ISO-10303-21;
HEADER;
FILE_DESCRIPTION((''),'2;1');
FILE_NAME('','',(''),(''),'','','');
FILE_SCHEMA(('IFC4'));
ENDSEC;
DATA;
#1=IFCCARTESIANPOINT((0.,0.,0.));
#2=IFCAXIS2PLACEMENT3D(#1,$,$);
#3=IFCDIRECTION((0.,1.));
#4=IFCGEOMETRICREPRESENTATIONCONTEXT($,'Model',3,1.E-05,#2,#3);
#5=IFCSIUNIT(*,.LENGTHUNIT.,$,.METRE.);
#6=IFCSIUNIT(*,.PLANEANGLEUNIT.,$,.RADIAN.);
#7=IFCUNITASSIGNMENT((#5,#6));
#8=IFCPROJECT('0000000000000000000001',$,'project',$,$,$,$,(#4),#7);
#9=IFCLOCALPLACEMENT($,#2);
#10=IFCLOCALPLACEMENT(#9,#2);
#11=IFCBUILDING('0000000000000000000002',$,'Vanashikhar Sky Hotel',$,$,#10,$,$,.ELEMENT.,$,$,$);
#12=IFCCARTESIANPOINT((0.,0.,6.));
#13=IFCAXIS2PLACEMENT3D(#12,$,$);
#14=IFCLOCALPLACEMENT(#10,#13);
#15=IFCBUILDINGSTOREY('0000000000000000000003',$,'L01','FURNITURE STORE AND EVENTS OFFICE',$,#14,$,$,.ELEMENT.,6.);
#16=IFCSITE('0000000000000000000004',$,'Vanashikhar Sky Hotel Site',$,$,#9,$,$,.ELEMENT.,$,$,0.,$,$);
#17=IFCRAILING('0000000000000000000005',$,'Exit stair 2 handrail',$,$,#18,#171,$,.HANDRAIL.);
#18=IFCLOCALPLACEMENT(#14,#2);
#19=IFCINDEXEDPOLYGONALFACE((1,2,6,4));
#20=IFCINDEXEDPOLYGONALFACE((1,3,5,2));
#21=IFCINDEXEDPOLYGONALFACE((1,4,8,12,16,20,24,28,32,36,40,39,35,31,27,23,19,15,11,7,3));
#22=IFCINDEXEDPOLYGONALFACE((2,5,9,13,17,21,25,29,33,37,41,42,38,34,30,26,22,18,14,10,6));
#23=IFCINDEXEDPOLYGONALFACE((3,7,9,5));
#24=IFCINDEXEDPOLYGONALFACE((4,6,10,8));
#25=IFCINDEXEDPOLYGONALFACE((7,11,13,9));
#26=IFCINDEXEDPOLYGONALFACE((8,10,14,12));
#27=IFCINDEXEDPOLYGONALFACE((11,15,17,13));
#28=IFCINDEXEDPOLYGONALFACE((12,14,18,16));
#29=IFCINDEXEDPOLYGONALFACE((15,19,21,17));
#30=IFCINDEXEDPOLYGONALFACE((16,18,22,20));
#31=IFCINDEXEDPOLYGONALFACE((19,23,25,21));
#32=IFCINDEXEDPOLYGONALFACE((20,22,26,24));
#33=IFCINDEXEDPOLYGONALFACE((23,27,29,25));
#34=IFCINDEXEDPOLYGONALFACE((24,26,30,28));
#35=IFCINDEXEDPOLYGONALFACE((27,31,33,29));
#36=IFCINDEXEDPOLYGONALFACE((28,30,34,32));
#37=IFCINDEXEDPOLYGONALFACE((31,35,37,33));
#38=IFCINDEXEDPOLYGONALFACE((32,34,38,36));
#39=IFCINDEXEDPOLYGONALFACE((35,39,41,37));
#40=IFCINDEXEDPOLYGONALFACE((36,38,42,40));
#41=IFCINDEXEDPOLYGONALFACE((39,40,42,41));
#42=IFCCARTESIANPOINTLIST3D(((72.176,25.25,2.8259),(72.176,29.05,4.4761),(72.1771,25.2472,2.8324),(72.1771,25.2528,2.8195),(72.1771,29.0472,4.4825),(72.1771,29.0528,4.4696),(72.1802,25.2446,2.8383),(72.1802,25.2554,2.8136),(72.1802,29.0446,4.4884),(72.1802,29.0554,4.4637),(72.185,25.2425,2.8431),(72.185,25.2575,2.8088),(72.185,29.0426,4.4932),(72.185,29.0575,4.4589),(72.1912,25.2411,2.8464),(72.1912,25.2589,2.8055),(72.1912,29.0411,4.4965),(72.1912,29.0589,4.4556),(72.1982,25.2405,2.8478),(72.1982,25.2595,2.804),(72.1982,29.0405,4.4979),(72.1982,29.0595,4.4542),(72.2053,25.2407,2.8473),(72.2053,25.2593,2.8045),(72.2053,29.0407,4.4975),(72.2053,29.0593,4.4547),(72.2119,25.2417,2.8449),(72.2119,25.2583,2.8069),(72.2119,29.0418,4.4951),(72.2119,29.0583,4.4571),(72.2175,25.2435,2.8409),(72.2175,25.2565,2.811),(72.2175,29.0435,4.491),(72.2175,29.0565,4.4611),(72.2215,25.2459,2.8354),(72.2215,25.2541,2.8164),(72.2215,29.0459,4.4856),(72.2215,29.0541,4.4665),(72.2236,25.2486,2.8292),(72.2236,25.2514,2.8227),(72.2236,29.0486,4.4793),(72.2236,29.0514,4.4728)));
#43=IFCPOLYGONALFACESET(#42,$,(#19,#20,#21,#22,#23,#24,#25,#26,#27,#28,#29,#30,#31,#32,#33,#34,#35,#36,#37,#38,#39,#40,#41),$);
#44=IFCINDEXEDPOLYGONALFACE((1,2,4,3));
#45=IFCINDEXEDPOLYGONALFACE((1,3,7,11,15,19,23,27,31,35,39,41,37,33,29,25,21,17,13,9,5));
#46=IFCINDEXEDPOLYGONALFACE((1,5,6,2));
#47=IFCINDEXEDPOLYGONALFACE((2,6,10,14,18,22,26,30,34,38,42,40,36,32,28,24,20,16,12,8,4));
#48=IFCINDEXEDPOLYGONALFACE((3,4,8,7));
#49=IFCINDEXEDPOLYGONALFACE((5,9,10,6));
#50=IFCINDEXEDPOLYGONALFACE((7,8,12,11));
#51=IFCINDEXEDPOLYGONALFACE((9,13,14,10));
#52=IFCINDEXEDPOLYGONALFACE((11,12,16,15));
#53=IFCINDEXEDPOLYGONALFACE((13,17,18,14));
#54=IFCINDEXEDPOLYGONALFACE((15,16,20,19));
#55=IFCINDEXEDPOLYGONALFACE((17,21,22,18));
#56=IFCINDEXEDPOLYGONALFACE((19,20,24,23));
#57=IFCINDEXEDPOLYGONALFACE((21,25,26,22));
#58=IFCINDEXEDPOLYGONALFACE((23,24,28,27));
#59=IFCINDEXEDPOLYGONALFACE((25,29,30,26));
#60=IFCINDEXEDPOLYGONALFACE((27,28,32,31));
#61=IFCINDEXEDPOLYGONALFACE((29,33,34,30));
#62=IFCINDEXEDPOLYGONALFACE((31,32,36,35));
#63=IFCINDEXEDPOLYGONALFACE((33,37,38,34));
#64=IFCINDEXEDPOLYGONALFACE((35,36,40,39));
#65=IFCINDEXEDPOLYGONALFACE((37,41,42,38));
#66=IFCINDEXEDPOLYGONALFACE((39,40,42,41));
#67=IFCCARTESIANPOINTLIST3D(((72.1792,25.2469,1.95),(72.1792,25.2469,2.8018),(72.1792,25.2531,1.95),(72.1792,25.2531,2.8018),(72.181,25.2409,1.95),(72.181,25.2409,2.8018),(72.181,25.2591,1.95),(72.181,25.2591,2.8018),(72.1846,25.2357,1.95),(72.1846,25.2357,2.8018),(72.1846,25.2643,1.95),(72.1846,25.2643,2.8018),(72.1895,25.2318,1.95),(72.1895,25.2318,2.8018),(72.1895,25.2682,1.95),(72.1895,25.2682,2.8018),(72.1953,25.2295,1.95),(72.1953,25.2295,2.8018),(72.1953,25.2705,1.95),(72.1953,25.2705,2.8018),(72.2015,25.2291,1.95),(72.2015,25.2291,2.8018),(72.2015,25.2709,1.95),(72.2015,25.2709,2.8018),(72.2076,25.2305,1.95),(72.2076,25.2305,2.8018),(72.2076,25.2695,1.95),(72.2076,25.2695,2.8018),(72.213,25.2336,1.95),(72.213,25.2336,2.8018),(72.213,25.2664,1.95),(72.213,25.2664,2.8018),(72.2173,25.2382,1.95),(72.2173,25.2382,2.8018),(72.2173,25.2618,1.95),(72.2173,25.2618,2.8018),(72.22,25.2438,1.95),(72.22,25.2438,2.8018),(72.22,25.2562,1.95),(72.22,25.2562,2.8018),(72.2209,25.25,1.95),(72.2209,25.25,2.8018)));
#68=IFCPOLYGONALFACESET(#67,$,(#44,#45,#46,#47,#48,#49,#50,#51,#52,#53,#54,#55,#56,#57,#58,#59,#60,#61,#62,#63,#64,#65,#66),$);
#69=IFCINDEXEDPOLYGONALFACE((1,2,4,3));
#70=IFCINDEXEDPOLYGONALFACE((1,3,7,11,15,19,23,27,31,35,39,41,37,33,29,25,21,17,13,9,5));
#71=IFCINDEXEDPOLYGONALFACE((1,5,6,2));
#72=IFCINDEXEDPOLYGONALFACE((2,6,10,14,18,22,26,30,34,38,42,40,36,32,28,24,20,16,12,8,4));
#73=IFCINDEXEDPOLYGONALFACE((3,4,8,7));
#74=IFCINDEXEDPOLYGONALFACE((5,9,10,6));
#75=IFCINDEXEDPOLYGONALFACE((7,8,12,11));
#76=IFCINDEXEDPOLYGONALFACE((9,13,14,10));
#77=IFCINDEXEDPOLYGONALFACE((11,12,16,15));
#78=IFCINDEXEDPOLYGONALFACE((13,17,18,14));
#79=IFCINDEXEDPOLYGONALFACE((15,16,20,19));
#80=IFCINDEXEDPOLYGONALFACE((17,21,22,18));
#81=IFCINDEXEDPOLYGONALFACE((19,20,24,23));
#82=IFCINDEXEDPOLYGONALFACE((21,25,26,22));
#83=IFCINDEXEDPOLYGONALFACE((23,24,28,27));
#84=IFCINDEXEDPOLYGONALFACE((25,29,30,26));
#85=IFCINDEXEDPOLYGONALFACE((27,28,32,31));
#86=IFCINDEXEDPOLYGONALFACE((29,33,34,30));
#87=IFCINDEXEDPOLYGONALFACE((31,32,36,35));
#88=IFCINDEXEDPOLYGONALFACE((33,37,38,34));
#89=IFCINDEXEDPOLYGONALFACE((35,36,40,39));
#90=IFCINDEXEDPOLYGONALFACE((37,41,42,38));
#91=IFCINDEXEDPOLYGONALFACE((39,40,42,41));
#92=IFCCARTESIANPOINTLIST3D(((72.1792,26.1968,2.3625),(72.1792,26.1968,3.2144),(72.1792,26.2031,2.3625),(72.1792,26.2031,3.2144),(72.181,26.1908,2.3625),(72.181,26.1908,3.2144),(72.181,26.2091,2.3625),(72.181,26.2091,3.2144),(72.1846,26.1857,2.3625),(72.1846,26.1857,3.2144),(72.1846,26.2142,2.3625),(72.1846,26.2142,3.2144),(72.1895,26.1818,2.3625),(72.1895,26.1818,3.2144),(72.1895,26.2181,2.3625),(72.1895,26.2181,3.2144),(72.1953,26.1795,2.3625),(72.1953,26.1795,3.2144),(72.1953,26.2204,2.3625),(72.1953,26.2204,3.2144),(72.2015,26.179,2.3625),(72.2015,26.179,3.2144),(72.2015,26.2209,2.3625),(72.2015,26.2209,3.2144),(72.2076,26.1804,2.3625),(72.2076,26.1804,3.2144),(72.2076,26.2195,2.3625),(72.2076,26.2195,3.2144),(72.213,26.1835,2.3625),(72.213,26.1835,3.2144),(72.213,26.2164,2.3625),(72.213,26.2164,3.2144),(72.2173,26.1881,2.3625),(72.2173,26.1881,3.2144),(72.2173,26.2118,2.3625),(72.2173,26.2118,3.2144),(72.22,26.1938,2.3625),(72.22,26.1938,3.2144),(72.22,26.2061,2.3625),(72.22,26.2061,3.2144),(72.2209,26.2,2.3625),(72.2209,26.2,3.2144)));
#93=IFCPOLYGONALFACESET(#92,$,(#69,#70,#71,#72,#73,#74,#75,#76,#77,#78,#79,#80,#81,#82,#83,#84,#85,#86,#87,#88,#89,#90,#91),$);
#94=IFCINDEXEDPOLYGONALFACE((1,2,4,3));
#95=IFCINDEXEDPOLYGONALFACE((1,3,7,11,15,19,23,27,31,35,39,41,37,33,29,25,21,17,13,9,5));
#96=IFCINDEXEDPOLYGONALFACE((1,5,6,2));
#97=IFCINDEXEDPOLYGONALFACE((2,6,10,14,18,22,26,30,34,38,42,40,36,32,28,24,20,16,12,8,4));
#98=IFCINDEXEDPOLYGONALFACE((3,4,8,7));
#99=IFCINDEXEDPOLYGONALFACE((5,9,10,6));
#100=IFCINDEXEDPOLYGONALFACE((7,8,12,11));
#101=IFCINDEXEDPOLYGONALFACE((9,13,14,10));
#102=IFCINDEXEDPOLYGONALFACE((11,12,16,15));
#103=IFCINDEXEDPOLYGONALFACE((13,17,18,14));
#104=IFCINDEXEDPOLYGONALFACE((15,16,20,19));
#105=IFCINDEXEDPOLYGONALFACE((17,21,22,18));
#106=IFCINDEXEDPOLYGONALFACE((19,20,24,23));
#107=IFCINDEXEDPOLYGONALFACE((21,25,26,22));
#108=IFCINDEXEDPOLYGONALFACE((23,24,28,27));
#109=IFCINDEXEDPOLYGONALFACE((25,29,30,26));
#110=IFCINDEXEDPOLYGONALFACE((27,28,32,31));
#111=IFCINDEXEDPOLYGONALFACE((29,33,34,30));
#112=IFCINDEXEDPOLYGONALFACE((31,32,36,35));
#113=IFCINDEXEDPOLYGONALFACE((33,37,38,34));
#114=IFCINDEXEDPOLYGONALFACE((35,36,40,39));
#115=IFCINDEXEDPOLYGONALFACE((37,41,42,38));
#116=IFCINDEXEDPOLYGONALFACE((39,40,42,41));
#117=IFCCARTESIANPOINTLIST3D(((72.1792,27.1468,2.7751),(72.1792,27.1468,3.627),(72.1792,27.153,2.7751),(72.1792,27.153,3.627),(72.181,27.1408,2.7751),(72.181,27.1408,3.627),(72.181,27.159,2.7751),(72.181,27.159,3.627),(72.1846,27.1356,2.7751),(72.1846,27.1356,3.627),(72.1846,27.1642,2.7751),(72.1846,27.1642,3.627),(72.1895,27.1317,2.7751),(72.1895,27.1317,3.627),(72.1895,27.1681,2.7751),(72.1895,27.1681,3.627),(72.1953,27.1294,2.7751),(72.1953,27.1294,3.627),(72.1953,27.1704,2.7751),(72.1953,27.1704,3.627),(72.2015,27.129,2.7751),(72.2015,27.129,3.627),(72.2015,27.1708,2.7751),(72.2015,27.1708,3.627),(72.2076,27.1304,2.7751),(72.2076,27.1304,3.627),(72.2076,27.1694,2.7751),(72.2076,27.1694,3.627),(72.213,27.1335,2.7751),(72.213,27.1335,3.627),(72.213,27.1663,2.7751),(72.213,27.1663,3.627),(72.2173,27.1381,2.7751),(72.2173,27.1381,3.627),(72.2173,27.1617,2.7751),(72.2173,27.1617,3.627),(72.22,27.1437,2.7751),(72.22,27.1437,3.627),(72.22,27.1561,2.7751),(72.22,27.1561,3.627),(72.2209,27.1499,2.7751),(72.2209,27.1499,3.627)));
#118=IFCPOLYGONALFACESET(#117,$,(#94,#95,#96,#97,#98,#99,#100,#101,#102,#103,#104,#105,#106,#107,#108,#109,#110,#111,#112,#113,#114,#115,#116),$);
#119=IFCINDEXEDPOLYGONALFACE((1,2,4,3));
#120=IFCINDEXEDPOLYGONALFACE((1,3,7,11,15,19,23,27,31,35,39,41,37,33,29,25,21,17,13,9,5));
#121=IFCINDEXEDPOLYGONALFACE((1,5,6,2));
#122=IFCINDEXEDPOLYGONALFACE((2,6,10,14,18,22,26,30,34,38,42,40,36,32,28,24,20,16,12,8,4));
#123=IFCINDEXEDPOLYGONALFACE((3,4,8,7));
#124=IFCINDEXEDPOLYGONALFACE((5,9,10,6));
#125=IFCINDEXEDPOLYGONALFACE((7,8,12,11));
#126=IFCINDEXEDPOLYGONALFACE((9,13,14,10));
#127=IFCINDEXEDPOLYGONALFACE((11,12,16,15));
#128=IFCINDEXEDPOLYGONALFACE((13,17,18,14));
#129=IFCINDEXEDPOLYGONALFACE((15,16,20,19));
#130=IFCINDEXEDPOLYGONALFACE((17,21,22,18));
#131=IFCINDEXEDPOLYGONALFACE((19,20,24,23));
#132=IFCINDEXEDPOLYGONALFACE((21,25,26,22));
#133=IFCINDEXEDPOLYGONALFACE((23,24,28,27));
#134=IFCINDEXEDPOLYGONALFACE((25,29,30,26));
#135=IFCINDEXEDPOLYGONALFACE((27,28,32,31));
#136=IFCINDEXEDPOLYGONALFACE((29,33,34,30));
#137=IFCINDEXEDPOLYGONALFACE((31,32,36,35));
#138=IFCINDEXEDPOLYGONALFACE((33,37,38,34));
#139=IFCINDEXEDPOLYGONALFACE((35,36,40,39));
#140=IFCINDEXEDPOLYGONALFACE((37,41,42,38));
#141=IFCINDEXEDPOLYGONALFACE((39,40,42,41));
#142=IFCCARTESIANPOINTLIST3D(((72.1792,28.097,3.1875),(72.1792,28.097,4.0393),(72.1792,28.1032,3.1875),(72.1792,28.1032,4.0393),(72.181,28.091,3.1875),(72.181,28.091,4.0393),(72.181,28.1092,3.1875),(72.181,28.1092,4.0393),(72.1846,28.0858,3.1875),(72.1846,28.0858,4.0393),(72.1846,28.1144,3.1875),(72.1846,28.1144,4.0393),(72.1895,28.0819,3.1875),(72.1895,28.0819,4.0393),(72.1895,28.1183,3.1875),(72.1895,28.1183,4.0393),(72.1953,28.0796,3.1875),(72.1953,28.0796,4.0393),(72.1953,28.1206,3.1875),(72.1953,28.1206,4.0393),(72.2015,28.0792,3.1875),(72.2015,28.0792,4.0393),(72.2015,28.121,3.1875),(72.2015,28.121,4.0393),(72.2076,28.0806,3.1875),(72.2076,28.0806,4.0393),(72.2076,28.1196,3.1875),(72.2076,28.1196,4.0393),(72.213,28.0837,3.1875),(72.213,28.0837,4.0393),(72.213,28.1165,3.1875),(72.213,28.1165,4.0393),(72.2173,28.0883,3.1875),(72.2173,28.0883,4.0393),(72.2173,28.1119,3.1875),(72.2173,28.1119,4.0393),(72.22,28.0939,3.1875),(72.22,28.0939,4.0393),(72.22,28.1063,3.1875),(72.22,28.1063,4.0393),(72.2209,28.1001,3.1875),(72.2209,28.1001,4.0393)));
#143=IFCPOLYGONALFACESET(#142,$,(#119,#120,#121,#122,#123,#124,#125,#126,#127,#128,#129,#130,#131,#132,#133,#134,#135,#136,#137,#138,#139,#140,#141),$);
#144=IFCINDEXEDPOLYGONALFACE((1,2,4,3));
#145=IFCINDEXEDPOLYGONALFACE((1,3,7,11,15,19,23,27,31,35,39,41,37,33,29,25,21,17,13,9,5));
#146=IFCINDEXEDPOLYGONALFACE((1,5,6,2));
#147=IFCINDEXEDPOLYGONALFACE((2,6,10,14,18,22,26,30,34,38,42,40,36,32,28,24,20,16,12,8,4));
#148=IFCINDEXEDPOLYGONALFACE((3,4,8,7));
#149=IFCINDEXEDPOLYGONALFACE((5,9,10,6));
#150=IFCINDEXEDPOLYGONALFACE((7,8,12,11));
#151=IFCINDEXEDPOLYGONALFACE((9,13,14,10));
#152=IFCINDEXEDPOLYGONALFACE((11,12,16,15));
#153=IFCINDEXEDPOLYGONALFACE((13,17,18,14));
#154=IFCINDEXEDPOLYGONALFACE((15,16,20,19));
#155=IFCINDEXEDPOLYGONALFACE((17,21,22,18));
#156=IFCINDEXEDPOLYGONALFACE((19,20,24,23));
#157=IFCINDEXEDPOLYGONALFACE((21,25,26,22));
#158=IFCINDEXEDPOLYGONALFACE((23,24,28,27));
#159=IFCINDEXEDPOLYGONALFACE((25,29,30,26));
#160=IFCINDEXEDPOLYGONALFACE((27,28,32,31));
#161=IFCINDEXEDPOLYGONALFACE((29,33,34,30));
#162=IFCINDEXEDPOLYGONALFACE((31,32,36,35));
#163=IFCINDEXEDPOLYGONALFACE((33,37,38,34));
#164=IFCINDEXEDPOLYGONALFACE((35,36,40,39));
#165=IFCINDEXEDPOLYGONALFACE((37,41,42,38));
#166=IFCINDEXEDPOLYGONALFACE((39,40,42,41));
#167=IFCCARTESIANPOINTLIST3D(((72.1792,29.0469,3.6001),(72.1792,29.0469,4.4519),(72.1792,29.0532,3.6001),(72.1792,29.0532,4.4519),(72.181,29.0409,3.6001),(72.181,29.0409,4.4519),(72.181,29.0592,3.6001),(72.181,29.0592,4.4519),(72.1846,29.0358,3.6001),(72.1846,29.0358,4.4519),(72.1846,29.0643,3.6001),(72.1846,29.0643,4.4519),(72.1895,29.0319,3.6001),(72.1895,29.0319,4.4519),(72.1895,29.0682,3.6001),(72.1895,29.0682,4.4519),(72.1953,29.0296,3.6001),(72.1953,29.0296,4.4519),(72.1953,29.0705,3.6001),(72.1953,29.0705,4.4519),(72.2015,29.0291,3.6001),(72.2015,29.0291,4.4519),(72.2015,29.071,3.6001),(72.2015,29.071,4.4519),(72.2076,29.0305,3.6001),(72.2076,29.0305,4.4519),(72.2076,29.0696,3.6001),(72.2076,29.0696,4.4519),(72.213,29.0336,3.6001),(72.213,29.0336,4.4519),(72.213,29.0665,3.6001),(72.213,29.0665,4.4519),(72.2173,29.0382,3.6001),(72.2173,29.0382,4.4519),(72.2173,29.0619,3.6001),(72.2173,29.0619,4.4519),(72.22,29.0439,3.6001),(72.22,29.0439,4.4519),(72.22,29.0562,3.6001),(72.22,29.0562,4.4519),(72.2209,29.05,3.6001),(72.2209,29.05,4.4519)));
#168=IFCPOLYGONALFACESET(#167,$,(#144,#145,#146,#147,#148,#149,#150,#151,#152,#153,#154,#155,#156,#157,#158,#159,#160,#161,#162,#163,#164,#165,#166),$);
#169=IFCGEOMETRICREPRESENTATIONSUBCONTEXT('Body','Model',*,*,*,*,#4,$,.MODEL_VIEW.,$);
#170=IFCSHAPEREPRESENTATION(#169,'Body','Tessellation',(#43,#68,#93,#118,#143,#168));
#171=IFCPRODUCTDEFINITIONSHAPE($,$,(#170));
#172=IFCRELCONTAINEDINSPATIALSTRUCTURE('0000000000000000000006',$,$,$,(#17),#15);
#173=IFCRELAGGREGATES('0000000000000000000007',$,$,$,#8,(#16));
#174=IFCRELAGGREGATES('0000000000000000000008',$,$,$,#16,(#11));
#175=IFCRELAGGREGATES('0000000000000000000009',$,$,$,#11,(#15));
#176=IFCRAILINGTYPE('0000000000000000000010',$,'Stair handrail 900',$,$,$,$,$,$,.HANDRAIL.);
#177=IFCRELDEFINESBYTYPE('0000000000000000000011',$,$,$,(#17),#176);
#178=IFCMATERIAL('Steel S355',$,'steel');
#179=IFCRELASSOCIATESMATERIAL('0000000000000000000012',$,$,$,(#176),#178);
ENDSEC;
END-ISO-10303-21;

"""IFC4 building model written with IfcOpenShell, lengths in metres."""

from ifc_helpers import new_model, si_unit, direction, frame, origin, origin_2d, place, context, subcontext, project, spatial, circle, extrude, source, transform, mapped, material, type_object, element, save


model = new_model("IFC4")

# Units and contexts
model_context = context("Model", 3, precision=1e-05, world=origin(), true_north=direction((0.0, 1.0)))
body_context = subcontext(model_context, "Body", "Model", "MODEL_VIEW")
ifc_project = project(units=[si_unit("LENGTHUNIT", "METRE"), si_unit("PLANEANGLEUNIT", "RADIAN")], contexts=[model_context])

# Site, building, storey
site_placement = place(None, origin())
site = spatial("IfcSite", under=ifc_project, at=site_placement, Name="Vanashikhar Sky Hotel Site", CompositionType="ELEMENT", RefElevation=0.0)
building_placement = place(site_placement, origin())
building = spatial("IfcBuilding", under=site, at=building_placement, Name="Vanashikhar Sky Hotel", CompositionType="ELEMENT")
storey_placement = place(building_placement, frame((0.0, 0.0, 6.0)))
storey = spatial("IfcBuildingStorey", under=building, at=storey_placement, Name="L01", Description="FURNITURE STORE AND EVENTS OFFICE", CompositionType="ELEMENT", Elevation=6.0)

# Railing
ifc_material_1 = material(Name="Steel S355", Category="steel")
railing_type = type_object("IfcRailingType", Name="Stair handrail 900", PredefinedType="HANDRAIL", material=ifc_material_1)
shared_shape_1 = source(origin(), body_context, "Body", "SweptSolid", [
    extrude(circle(Radius=0.0239, at=origin_2d()), frame((0.0, 0.0, 0.876), z_axis=(0.0, 0.917251, 0.39831), x_axis=(-1.0, 0.0, 0.0)), (0.0, 0.0, 1.0), 4.1428),
    extrude(circle(Radius=0.021, at=origin_2d()), origin(), (0.0, 0.0, 1.0), 0.8518),
    extrude(circle(Radius=0.021, at=origin_2d()), frame((0.0, 0.95, 0.4126)), (0.0, 0.0, 1.0), 0.8518),
    extrude(circle(Radius=0.021, at=origin_2d()), frame((0.0, 1.8999, 0.8252)), (0.0, 0.0, 1.0), 0.8518),
    extrude(circle(Radius=0.021, at=origin_2d()), frame((0.0, 2.8501, 1.2375)), (0.0, 0.0, 1.0), 0.8518),
    extrude(circle(Radius=0.021, at=origin_2d()), frame((0.0, 3.8, 1.6501)), (0.0, 0.0, 1.0), 0.8518),
])
railing_1_placement = place(storey_placement, frame((72.2, 25.25, 1.95)))
element("IfcRailing", 1, at=railing_1_placement, inside=storey, type_object=railing_type, Name="Exit stair 2 handrail", PredefinedType="HANDRAIL", context=body_context, shape_type="MappedRepresentation", body=[
    mapped(shared_shape_1, transform((0.0, 0.0, 0.0), scale=1.0)),
])

save(model, "model.ifc")
